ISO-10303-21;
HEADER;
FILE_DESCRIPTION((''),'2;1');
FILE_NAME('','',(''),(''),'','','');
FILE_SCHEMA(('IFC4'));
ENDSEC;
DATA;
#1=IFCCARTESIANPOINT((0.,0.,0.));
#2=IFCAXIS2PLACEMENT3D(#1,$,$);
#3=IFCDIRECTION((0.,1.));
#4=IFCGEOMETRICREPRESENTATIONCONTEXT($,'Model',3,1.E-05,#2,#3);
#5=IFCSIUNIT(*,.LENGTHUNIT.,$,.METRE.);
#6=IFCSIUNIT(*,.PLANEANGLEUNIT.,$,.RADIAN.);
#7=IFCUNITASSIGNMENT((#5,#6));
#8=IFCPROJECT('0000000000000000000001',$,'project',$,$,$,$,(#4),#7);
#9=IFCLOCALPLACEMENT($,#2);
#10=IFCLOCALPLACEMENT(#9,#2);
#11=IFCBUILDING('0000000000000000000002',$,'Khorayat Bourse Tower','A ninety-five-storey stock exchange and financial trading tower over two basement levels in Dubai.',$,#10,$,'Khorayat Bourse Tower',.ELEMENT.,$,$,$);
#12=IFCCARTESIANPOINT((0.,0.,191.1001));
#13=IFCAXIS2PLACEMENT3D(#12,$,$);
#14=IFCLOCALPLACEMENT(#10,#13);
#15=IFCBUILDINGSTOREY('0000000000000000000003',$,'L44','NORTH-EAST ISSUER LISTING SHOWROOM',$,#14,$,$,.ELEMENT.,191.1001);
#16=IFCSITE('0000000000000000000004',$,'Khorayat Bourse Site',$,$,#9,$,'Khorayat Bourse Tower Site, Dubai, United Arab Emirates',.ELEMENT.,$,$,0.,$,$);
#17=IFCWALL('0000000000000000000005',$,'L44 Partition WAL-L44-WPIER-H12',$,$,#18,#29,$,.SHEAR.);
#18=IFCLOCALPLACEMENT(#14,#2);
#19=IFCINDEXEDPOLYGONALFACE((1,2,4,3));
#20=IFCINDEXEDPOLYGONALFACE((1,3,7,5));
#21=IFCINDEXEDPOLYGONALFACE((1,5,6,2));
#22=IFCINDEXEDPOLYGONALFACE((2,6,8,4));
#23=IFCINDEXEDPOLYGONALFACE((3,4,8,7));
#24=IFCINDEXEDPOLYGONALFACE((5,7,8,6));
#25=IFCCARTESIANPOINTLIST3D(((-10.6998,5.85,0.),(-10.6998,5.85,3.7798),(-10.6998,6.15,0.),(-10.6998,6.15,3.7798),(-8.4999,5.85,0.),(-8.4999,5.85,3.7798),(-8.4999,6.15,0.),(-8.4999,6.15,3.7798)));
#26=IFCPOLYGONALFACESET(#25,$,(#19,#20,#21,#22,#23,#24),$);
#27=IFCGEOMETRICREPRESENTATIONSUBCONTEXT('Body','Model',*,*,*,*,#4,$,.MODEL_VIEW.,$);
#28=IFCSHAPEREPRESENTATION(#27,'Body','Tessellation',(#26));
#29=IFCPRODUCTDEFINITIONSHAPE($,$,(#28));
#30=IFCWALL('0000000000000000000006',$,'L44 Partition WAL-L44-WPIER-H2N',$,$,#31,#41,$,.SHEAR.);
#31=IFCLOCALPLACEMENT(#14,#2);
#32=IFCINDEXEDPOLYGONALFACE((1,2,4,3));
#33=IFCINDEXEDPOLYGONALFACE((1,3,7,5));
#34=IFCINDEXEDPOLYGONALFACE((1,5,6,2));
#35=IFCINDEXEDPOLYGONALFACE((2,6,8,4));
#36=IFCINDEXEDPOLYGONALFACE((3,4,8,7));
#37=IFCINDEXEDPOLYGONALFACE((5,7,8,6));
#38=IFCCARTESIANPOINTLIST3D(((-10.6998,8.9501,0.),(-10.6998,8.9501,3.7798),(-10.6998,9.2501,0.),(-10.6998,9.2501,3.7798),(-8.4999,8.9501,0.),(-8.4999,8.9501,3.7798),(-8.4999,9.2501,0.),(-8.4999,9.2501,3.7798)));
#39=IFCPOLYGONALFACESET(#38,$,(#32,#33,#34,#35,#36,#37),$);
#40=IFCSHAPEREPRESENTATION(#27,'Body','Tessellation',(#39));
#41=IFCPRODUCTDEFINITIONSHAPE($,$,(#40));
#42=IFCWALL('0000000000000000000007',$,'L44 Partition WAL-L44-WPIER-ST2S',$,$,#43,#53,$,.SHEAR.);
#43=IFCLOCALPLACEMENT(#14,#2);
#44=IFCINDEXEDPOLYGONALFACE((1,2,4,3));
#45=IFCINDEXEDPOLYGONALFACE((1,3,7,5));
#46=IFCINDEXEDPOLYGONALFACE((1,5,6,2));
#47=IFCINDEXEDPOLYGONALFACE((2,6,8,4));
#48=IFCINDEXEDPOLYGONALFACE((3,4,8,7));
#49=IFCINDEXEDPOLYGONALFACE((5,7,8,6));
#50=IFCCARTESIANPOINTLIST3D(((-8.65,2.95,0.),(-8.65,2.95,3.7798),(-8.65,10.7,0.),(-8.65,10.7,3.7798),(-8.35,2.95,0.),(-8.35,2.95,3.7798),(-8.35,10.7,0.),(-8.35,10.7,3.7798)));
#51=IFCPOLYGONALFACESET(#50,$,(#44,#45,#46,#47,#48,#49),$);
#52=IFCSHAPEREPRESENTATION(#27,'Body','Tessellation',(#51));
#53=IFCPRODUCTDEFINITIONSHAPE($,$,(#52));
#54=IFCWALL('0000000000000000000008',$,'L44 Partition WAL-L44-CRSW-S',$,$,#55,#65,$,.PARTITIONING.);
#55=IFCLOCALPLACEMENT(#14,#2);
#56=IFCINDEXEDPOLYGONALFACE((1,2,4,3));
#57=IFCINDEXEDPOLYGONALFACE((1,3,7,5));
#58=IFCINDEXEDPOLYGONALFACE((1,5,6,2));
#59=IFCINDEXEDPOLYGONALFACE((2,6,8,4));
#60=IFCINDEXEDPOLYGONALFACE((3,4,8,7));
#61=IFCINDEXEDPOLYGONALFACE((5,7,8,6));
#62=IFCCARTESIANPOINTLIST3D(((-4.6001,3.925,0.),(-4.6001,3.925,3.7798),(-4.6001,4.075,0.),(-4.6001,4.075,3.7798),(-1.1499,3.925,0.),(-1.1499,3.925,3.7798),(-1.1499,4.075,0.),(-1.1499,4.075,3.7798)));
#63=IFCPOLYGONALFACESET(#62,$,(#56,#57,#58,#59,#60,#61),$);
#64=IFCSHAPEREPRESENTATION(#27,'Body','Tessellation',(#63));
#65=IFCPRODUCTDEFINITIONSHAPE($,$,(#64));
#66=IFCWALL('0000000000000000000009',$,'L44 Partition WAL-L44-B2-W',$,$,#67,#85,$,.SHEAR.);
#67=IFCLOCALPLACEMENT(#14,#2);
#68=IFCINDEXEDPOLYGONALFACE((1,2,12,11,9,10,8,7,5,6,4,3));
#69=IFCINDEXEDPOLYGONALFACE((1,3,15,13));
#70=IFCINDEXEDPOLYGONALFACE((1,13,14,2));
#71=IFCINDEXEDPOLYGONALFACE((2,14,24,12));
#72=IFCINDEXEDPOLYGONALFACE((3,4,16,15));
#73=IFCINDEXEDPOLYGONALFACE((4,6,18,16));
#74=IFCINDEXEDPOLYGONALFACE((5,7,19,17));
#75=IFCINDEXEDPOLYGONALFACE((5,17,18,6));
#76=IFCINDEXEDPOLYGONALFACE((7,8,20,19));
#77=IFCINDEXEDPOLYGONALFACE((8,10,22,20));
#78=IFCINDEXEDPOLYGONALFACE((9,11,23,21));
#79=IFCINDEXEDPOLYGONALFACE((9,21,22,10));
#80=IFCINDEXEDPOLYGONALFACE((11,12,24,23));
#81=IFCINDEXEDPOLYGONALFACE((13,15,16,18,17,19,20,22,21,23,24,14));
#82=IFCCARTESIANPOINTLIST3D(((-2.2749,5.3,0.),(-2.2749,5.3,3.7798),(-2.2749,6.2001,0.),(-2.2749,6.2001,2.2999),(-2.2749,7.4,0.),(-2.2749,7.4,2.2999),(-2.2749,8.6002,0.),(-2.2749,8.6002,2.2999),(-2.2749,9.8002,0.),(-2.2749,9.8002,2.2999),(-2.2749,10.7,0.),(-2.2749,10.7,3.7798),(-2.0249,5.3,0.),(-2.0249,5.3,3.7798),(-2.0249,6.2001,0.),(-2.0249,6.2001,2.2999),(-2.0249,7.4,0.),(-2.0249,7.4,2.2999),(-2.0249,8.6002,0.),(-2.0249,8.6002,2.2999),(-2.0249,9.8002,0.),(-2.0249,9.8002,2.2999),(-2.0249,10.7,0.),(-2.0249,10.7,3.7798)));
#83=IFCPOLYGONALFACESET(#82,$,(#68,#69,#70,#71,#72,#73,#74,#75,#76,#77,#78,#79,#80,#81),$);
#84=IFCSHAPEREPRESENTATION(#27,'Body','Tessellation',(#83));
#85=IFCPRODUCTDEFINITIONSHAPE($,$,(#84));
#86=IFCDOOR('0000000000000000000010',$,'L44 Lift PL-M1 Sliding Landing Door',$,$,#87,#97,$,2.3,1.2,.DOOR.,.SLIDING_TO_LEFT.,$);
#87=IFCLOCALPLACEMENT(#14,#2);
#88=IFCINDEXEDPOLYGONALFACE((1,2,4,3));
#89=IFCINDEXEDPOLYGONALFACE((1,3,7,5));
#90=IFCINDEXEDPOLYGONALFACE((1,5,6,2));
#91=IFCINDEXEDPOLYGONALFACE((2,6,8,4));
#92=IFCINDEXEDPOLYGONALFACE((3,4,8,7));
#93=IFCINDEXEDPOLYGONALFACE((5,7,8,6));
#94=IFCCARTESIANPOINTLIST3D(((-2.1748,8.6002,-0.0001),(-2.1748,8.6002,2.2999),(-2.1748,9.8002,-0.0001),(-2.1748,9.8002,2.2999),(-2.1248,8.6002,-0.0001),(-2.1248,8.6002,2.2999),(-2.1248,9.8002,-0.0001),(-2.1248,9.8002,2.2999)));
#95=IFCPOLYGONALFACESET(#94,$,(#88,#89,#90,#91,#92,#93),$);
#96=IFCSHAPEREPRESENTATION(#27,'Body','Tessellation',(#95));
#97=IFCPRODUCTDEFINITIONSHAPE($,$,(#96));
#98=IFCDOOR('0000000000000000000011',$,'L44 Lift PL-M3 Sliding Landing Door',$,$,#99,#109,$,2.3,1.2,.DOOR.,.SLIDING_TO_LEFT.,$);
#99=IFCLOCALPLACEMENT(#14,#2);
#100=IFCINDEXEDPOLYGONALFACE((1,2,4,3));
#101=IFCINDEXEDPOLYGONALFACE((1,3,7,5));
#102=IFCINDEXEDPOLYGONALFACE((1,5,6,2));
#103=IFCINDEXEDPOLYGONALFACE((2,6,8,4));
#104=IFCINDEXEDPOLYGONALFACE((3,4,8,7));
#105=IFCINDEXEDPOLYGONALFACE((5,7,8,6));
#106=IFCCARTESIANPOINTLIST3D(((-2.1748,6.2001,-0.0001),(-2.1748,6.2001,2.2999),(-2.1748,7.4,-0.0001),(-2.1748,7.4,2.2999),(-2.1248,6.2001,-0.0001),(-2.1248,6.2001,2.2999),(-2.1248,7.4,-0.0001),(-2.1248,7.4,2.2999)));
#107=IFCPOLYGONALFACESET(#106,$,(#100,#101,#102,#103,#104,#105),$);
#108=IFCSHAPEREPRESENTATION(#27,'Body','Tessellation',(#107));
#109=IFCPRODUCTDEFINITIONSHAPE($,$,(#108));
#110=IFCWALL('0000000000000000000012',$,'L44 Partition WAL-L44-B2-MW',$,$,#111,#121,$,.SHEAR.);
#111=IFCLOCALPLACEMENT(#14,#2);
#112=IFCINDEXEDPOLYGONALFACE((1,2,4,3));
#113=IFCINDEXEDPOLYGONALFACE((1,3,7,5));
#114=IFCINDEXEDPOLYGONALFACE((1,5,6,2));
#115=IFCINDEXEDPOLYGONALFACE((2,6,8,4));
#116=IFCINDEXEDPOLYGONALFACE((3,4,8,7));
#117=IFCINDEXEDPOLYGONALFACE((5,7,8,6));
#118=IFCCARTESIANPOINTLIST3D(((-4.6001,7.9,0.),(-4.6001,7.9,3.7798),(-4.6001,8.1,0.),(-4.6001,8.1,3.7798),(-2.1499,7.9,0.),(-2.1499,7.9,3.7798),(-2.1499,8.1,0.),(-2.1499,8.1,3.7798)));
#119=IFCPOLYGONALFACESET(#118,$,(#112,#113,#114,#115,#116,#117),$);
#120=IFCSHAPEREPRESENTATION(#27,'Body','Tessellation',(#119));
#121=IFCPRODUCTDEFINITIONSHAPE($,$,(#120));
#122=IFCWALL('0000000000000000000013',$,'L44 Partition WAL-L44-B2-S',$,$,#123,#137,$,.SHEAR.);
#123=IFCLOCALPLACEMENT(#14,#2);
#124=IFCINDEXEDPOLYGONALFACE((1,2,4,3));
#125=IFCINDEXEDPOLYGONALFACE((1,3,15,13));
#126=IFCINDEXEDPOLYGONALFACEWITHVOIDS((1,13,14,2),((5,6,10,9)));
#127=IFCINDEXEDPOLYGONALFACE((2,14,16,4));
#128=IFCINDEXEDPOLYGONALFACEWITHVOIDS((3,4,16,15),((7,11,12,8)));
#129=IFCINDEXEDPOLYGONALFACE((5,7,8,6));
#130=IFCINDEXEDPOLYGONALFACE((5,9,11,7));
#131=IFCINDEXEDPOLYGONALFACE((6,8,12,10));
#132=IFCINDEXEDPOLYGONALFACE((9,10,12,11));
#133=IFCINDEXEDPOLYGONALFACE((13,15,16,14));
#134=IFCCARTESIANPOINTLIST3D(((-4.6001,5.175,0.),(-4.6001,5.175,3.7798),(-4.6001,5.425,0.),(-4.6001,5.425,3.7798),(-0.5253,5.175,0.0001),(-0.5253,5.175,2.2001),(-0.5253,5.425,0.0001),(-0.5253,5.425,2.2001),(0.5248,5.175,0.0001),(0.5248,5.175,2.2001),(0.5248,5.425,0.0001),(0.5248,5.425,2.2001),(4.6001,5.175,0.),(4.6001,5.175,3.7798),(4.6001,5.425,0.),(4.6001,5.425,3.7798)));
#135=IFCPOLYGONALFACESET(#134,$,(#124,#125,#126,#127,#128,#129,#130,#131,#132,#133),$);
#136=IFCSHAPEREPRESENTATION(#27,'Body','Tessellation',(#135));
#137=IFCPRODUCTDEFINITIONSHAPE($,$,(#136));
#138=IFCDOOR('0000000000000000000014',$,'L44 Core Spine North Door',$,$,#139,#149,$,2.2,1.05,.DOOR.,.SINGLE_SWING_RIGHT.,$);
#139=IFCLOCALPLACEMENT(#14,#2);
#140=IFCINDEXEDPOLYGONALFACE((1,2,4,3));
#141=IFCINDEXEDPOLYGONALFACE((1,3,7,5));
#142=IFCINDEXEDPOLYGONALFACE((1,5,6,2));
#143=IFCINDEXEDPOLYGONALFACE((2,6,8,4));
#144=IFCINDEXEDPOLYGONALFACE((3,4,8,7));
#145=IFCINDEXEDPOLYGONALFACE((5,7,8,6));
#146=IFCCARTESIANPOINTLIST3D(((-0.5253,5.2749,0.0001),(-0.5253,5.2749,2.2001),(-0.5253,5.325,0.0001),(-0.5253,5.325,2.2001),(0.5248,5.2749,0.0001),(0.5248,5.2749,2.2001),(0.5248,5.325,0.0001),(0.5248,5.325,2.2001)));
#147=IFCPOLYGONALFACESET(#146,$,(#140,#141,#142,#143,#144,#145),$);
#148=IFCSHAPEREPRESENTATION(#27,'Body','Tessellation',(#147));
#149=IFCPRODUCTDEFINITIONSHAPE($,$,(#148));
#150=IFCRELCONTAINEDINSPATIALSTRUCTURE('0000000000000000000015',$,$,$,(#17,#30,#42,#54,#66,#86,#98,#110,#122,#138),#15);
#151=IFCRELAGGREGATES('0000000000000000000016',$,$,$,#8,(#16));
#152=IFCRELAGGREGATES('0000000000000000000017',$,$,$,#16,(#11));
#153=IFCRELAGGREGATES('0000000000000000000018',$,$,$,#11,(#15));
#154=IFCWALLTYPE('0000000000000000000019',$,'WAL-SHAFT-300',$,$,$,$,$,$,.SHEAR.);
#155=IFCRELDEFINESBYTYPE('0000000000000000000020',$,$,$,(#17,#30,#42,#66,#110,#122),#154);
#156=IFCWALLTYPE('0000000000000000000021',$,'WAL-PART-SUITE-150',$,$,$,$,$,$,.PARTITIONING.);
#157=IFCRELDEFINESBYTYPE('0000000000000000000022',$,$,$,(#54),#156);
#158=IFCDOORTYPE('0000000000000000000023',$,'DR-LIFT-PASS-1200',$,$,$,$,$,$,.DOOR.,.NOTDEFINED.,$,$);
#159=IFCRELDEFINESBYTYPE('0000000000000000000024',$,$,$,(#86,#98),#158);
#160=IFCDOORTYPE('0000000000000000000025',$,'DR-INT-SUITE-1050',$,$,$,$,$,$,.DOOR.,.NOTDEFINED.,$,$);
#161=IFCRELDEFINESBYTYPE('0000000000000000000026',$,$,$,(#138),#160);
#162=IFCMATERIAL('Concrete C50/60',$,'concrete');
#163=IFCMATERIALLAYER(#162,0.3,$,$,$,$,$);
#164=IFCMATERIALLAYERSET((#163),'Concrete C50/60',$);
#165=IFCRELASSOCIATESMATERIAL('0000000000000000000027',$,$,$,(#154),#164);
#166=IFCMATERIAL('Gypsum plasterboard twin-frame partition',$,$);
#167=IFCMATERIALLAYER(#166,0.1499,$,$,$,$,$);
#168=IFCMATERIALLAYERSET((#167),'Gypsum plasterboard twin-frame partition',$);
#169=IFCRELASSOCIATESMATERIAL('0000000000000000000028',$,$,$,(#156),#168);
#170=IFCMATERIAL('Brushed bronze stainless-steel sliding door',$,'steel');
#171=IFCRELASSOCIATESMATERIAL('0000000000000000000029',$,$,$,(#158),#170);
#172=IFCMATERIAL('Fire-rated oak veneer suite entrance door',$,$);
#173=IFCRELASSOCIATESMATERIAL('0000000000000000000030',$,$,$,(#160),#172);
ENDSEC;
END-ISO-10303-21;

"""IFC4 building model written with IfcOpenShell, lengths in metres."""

from ifc_helpers import new_model, si_unit, direction, frame, frame_2d, origin, place, context, subcontext, project, spatial, rectangle, extrude, source, transform, mapped, material, layer, layer_set, type_object, element, fill, save


model = new_model("IFC4")

# Units and contexts
model_context = context("Model", 3, precision=1e-05, world=origin(), true_north=direction((0.0, 1.0)))
body_context = subcontext(model_context, "Body", "Model", "MODEL_VIEW")
ifc_project = project(units=[si_unit("LENGTHUNIT", "METRE"), si_unit("PLANEANGLEUNIT", "RADIAN")], contexts=[model_context])

# Site, building, storey
site_placement = place(None, origin())
site = spatial("IfcSite", under=ifc_project, at=site_placement, Name="Khorayat Bourse Site", LongName="Khorayat Bourse Tower Site, Dubai, United Arab Emirates", CompositionType="ELEMENT", RefElevation=0.0)
building_placement = place(site_placement, origin())
building = spatial("IfcBuilding", under=site, at=building_placement, Name="Khorayat Bourse Tower", Description="A ninety-five-storey stock exchange and financial trading tower over two basement levels in Dubai.", LongName="Khorayat Bourse Tower", CompositionType="ELEMENT")
storey_placement = place(building_placement, frame((0.0, 0.0, 191.1001)))
storey = spatial("IfcBuildingStorey", under=building, at=storey_placement, Name="L44", Description="NORTH-EAST ISSUER LISTING SHOWROOM", CompositionType="ELEMENT", Elevation=191.1001)

# Walls
ifc_material_1 = material(Name="Concrete C50/60", Category="concrete")
ifc_layer_1 = layer(ifc_material_1, 0.3)
ifc_layer_set_1 = layer_set([ifc_layer_1], Name="Concrete C50/60")
wall_type_1 = type_object("IfcWallType", Name="WAL-SHAFT-300", PredefinedType="SHEAR", material=ifc_layer_set_1)
shared_shape_1 = source(origin(), body_context, "Body", "SweptSolid", [
    extrude(rectangle(XDim=2.2, YDim=0.3, at=frame_2d((1.1001, 0.0))), origin(), (0.0, 0.0, 1.0), 3.7798),
])
for number, where, z_axis, x_axis, name in (
    (1, (-10.7, 6.0, 0.0), (0.0, 0.0, 1.0), (1.0, 0.0, 0.0), "L44 Partition WAL-L44-WPIER-H12"),
    (2, (-10.7, 9.1001, 0.0), (0.0, 0.0, 1.0), (1.0, 0.0, 0.0), "L44 Partition WAL-L44-WPIER-H2N"),
):
    element("IfcWall", number, at=place(storey_placement, frame(where, z_axis=z_axis, x_axis=x_axis)), inside=storey, type_object=wall_type_1, Name=name, PredefinedType="SHEAR", context=body_context, shape_type="MappedRepresentation", body=[
        mapped(shared_shape_1, transform((0.0, 0.0, 0.0), scale=1.0)),
    ])
shared_shape_2 = source(origin(), body_context, "Body", "SweptSolid", [
    extrude(rectangle(XDim=7.75, YDim=0.3, at=frame_2d((3.875, 0.0))), origin(), (0.0, 0.0, 1.0), 3.7798),
])
wall_1_placement = place(storey_placement, frame((-8.5, 2.95, 0.0), z_axis=(0.0, 0.0, 1.0), x_axis=(0.0, 1.0, 0.0)))
element("IfcWall", 3, at=wall_1_placement, inside=storey, type_object=wall_type_1, Name="L44 Partition WAL-L44-WPIER-ST2S", PredefinedType="SHEAR", context=body_context, shape_type="MappedRepresentation", body=[
    mapped(shared_shape_2, transform((0.0, 0.0, 0.0), scale=1.0)),
])
ifc_material_2 = material(Name="Gypsum plasterboard twin-frame partition")
ifc_layer_2 = layer(ifc_material_2, 0.1499)
ifc_layer_set_2 = layer_set([ifc_layer_2], Name="Gypsum plasterboard twin-frame partition")
wall_type_2 = type_object("IfcWallType", Name="WAL-PART-SUITE-150", PredefinedType="PARTITIONING", material=ifc_layer_set_2)
shared_shape_3 = source(origin(), body_context, "Body", "SweptSolid", [
    extrude(rectangle(XDim=3.4502, YDim=0.1499, at=frame_2d((1.7251, 0.0))), origin(), (0.0, 0.0, 1.0), 3.7798),
])
wall_2_placement = place(storey_placement, frame((-4.6001, 4.0, 0.0), z_axis=(0.0, 0.0, 1.0), x_axis=(1.0, 0.0, 0.0)))
element("IfcWall", 4, at=wall_2_placement, inside=storey, type_object=wall_type_2, Name="L44 Partition WAL-L44-CRSW-S", PredefinedType="PARTITIONING", context=body_context, shape_type="MappedRepresentation", body=[
    mapped(shared_shape_3, transform((0.0, 0.0, 0.0), scale=1.0)),
])

# Wall, openings, doors
shared_shape_4 = source(origin(), body_context, "Body", "SweptSolid", [
    extrude(rectangle(XDim=5.3999, YDim=0.25, at=frame_2d((2.7, 0.0))), origin(), (0.0, 0.0, 1.0), 3.7798),
])
wall_3_placement = place(storey_placement, frame((-2.1499, 5.3, 0.0), z_axis=(0.0, 0.0, 1.0), x_axis=(0.0, 1.0, 0.0)))
wall_3 = element("IfcWall", 5, at=wall_3_placement, inside=storey, type_object=wall_type_1, Name="L44 Partition WAL-L44-B2-W", PredefinedType="SHEAR", context=body_context, shape_type="MappedRepresentation", body=[
    mapped(shared_shape_4, transform((0.0, 0.0, 0.0), scale=1.0)),
])
shared_shape_5 = source(origin(), body_context, "Body", "SweptSolid", [
    extrude(rectangle(XDim=1.2, YDim=2.3, at=frame_2d((0.6001, 1.1499))), frame((0.0, 0.135, 0.0), z_axis=(0.0, -1.0, 0.0), x_axis=(1.0, 0.0, 0.0)), (0.0, 0.0, 1.0), 0.27),
])
opening_1_placement = place(wall_3_placement, frame((3.3, 0.0, 0.0)))
opening_1 = element("IfcOpeningElement", 6, at=opening_1_placement, cuts=wall_3, PredefinedType="OPENING", context=body_context, shape_type="MappedRepresentation", body=[
    mapped(shared_shape_5, transform((0.0, 0.0, 0.0), scale=1.0)),
])
opening_2_placement = place(wall_3_placement, frame((0.8999, 0.0, 0.0)))
opening_2 = element("IfcOpeningElement", 7, at=opening_2_placement, cuts=wall_3, PredefinedType="OPENING", context=body_context, shape_type="MappedRepresentation", body=[
    mapped(shared_shape_5, transform((0.0, 0.0, 0.0), scale=1.0)),
])
ifc_material_3 = material(Name="Brushed bronze stainless-steel sliding door", Category="steel")
door_type_1 = type_object("IfcDoorType", Name="DR-LIFT-PASS-1200", OperationType="NOTDEFINED", PredefinedType="DOOR", material=ifc_material_3)
shared_shape_6 = source(origin(), body_context, "Body", "SweptSolid", [
    extrude(rectangle(XDim=1.2, YDim=2.3, at=frame_2d((0.6001, 1.1499))), frame((0.0, 0.0249, 0.0), z_axis=(0.0, -1.0, 0.0), x_axis=(1.0, 0.0, 0.0)), (0.0, 0.0, 1.0), 0.05),
])
door_1_placement = place(opening_1_placement, origin())
door_1 = element("IfcDoor", 8, at=door_1_placement, inside=storey, type_object=door_type_1, Name="L44 Lift PL-M1 Sliding Landing Door", OperationType="SLIDING_TO_LEFT", OverallHeight=2.3, OverallWidth=1.2, PredefinedType="DOOR", context=body_context, shape_type="MappedRepresentation", body=[
    mapped(shared_shape_6, transform((0.0, 0.0, 0.0), scale=1.0)),
])
fill(opening_1, door_1)
door_2_placement = place(opening_2_placement, origin())
door_2 = element("IfcDoor", 9, at=door_2_placement, inside=storey, type_object=door_type_1, Name="L44 Lift PL-M3 Sliding Landing Door", OperationType="SLIDING_TO_LEFT", OverallHeight=2.3, OverallWidth=1.2, PredefinedType="DOOR", context=body_context, shape_type="MappedRepresentation", body=[
    mapped(shared_shape_6, transform((0.0, 0.0, 0.0), scale=1.0)),
])
fill(opening_2, door_2)

# Wall
shared_shape_7 = source(origin(), body_context, "Body", "SweptSolid", [
    extrude(rectangle(XDim=2.4502, YDim=0.2, at=frame_2d((1.2251, 0.0))), origin(), (0.0, 0.0, 1.0), 3.7798),
])
wall_4_placement = place(storey_placement, frame((-4.6001, 8.0, 0.0), z_axis=(0.0, 0.0, 1.0), x_axis=(1.0, 0.0, 0.0)))
element("IfcWall", 10, at=wall_4_placement, inside=storey, type_object=wall_type_1, Name="L44 Partition WAL-L44-B2-MW", PredefinedType="SHEAR", context=body_context, shape_type="MappedRepresentation", body=[
    mapped(shared_shape_7, transform((0.0, 0.0, 0.0), scale=1.0)),
])

# Wall, opening, door
shared_shape_8 = source(origin(), body_context, "Body", "SweptSolid", [
    extrude(rectangle(XDim=9.2002, YDim=0.25, at=frame_2d((4.6001, 0.0))), origin(), (0.0, 0.0, 1.0), 3.7798),
])
wall_5_placement = place(storey_placement, frame((-4.6001, 5.3, 0.0), z_axis=(0.0, 0.0, 1.0), x_axis=(1.0, 0.0, 0.0)))
wall_5 = element("IfcWall", 11, at=wall_5_placement, inside=storey, type_object=wall_type_1, Name="L44 Partition WAL-L44-B2-S", PredefinedType="SHEAR", context=body_context, shape_type="MappedRepresentation", body=[
    mapped(shared_shape_8, transform((0.0, 0.0, 0.0), scale=1.0)),
])
shared_shape_9 = source(origin(), body_context, "Body", "SweptSolid", [
    extrude(rectangle(XDim=1.05, YDim=2.2, at=frame_2d((0.5249, 1.1001))), frame((0.0, 0.135, 0.0), z_axis=(0.0, -1.0, 0.0), x_axis=(1.0, 0.0, 0.0)), (0.0, 0.0, 1.0), 0.27),
])
opening_3_placement = place(wall_5_placement, frame((4.075, 0.0, 0.0)))
opening_3 = element("IfcOpeningElement", 12, at=opening_3_placement, cuts=wall_5, PredefinedType="OPENING", context=body_context, shape_type="MappedRepresentation", body=[
    mapped(shared_shape_9, transform((0.0, 0.0, 0.0), scale=1.0)),
])
ifc_material_4 = material(Name="Fire-rated oak veneer suite entrance door")
door_type_2 = type_object("IfcDoorType", Name="DR-INT-SUITE-1050", OperationType="NOTDEFINED", PredefinedType="DOOR", material=ifc_material_4)
shared_shape_10 = source(origin(), body_context, "Body", "SweptSolid", [
    extrude(rectangle(XDim=1.05, YDim=2.2, at=frame_2d((0.5249, 1.1001))), frame((0.0, 0.0249, 0.0), z_axis=(0.0, -1.0, 0.0), x_axis=(1.0, 0.0, 0.0)), (0.0, 0.0, 1.0), 0.05),
])
door_3_placement = place(opening_3_placement, origin())
door_3 = element("IfcDoor", 13, at=door_3_placement, inside=storey, type_object=door_type_2, Name="L44 Core Spine North Door", OperationType="SINGLE_SWING_RIGHT", OverallHeight=2.2, OverallWidth=1.05, PredefinedType="DOOR", context=body_context, shape_type="MappedRepresentation", body=[
    mapped(shared_shape_10, transform((0.0, 0.0, 0.0), scale=1.0)),
])
fill(opening_3, door_3)

save(model, "model.ifc")
